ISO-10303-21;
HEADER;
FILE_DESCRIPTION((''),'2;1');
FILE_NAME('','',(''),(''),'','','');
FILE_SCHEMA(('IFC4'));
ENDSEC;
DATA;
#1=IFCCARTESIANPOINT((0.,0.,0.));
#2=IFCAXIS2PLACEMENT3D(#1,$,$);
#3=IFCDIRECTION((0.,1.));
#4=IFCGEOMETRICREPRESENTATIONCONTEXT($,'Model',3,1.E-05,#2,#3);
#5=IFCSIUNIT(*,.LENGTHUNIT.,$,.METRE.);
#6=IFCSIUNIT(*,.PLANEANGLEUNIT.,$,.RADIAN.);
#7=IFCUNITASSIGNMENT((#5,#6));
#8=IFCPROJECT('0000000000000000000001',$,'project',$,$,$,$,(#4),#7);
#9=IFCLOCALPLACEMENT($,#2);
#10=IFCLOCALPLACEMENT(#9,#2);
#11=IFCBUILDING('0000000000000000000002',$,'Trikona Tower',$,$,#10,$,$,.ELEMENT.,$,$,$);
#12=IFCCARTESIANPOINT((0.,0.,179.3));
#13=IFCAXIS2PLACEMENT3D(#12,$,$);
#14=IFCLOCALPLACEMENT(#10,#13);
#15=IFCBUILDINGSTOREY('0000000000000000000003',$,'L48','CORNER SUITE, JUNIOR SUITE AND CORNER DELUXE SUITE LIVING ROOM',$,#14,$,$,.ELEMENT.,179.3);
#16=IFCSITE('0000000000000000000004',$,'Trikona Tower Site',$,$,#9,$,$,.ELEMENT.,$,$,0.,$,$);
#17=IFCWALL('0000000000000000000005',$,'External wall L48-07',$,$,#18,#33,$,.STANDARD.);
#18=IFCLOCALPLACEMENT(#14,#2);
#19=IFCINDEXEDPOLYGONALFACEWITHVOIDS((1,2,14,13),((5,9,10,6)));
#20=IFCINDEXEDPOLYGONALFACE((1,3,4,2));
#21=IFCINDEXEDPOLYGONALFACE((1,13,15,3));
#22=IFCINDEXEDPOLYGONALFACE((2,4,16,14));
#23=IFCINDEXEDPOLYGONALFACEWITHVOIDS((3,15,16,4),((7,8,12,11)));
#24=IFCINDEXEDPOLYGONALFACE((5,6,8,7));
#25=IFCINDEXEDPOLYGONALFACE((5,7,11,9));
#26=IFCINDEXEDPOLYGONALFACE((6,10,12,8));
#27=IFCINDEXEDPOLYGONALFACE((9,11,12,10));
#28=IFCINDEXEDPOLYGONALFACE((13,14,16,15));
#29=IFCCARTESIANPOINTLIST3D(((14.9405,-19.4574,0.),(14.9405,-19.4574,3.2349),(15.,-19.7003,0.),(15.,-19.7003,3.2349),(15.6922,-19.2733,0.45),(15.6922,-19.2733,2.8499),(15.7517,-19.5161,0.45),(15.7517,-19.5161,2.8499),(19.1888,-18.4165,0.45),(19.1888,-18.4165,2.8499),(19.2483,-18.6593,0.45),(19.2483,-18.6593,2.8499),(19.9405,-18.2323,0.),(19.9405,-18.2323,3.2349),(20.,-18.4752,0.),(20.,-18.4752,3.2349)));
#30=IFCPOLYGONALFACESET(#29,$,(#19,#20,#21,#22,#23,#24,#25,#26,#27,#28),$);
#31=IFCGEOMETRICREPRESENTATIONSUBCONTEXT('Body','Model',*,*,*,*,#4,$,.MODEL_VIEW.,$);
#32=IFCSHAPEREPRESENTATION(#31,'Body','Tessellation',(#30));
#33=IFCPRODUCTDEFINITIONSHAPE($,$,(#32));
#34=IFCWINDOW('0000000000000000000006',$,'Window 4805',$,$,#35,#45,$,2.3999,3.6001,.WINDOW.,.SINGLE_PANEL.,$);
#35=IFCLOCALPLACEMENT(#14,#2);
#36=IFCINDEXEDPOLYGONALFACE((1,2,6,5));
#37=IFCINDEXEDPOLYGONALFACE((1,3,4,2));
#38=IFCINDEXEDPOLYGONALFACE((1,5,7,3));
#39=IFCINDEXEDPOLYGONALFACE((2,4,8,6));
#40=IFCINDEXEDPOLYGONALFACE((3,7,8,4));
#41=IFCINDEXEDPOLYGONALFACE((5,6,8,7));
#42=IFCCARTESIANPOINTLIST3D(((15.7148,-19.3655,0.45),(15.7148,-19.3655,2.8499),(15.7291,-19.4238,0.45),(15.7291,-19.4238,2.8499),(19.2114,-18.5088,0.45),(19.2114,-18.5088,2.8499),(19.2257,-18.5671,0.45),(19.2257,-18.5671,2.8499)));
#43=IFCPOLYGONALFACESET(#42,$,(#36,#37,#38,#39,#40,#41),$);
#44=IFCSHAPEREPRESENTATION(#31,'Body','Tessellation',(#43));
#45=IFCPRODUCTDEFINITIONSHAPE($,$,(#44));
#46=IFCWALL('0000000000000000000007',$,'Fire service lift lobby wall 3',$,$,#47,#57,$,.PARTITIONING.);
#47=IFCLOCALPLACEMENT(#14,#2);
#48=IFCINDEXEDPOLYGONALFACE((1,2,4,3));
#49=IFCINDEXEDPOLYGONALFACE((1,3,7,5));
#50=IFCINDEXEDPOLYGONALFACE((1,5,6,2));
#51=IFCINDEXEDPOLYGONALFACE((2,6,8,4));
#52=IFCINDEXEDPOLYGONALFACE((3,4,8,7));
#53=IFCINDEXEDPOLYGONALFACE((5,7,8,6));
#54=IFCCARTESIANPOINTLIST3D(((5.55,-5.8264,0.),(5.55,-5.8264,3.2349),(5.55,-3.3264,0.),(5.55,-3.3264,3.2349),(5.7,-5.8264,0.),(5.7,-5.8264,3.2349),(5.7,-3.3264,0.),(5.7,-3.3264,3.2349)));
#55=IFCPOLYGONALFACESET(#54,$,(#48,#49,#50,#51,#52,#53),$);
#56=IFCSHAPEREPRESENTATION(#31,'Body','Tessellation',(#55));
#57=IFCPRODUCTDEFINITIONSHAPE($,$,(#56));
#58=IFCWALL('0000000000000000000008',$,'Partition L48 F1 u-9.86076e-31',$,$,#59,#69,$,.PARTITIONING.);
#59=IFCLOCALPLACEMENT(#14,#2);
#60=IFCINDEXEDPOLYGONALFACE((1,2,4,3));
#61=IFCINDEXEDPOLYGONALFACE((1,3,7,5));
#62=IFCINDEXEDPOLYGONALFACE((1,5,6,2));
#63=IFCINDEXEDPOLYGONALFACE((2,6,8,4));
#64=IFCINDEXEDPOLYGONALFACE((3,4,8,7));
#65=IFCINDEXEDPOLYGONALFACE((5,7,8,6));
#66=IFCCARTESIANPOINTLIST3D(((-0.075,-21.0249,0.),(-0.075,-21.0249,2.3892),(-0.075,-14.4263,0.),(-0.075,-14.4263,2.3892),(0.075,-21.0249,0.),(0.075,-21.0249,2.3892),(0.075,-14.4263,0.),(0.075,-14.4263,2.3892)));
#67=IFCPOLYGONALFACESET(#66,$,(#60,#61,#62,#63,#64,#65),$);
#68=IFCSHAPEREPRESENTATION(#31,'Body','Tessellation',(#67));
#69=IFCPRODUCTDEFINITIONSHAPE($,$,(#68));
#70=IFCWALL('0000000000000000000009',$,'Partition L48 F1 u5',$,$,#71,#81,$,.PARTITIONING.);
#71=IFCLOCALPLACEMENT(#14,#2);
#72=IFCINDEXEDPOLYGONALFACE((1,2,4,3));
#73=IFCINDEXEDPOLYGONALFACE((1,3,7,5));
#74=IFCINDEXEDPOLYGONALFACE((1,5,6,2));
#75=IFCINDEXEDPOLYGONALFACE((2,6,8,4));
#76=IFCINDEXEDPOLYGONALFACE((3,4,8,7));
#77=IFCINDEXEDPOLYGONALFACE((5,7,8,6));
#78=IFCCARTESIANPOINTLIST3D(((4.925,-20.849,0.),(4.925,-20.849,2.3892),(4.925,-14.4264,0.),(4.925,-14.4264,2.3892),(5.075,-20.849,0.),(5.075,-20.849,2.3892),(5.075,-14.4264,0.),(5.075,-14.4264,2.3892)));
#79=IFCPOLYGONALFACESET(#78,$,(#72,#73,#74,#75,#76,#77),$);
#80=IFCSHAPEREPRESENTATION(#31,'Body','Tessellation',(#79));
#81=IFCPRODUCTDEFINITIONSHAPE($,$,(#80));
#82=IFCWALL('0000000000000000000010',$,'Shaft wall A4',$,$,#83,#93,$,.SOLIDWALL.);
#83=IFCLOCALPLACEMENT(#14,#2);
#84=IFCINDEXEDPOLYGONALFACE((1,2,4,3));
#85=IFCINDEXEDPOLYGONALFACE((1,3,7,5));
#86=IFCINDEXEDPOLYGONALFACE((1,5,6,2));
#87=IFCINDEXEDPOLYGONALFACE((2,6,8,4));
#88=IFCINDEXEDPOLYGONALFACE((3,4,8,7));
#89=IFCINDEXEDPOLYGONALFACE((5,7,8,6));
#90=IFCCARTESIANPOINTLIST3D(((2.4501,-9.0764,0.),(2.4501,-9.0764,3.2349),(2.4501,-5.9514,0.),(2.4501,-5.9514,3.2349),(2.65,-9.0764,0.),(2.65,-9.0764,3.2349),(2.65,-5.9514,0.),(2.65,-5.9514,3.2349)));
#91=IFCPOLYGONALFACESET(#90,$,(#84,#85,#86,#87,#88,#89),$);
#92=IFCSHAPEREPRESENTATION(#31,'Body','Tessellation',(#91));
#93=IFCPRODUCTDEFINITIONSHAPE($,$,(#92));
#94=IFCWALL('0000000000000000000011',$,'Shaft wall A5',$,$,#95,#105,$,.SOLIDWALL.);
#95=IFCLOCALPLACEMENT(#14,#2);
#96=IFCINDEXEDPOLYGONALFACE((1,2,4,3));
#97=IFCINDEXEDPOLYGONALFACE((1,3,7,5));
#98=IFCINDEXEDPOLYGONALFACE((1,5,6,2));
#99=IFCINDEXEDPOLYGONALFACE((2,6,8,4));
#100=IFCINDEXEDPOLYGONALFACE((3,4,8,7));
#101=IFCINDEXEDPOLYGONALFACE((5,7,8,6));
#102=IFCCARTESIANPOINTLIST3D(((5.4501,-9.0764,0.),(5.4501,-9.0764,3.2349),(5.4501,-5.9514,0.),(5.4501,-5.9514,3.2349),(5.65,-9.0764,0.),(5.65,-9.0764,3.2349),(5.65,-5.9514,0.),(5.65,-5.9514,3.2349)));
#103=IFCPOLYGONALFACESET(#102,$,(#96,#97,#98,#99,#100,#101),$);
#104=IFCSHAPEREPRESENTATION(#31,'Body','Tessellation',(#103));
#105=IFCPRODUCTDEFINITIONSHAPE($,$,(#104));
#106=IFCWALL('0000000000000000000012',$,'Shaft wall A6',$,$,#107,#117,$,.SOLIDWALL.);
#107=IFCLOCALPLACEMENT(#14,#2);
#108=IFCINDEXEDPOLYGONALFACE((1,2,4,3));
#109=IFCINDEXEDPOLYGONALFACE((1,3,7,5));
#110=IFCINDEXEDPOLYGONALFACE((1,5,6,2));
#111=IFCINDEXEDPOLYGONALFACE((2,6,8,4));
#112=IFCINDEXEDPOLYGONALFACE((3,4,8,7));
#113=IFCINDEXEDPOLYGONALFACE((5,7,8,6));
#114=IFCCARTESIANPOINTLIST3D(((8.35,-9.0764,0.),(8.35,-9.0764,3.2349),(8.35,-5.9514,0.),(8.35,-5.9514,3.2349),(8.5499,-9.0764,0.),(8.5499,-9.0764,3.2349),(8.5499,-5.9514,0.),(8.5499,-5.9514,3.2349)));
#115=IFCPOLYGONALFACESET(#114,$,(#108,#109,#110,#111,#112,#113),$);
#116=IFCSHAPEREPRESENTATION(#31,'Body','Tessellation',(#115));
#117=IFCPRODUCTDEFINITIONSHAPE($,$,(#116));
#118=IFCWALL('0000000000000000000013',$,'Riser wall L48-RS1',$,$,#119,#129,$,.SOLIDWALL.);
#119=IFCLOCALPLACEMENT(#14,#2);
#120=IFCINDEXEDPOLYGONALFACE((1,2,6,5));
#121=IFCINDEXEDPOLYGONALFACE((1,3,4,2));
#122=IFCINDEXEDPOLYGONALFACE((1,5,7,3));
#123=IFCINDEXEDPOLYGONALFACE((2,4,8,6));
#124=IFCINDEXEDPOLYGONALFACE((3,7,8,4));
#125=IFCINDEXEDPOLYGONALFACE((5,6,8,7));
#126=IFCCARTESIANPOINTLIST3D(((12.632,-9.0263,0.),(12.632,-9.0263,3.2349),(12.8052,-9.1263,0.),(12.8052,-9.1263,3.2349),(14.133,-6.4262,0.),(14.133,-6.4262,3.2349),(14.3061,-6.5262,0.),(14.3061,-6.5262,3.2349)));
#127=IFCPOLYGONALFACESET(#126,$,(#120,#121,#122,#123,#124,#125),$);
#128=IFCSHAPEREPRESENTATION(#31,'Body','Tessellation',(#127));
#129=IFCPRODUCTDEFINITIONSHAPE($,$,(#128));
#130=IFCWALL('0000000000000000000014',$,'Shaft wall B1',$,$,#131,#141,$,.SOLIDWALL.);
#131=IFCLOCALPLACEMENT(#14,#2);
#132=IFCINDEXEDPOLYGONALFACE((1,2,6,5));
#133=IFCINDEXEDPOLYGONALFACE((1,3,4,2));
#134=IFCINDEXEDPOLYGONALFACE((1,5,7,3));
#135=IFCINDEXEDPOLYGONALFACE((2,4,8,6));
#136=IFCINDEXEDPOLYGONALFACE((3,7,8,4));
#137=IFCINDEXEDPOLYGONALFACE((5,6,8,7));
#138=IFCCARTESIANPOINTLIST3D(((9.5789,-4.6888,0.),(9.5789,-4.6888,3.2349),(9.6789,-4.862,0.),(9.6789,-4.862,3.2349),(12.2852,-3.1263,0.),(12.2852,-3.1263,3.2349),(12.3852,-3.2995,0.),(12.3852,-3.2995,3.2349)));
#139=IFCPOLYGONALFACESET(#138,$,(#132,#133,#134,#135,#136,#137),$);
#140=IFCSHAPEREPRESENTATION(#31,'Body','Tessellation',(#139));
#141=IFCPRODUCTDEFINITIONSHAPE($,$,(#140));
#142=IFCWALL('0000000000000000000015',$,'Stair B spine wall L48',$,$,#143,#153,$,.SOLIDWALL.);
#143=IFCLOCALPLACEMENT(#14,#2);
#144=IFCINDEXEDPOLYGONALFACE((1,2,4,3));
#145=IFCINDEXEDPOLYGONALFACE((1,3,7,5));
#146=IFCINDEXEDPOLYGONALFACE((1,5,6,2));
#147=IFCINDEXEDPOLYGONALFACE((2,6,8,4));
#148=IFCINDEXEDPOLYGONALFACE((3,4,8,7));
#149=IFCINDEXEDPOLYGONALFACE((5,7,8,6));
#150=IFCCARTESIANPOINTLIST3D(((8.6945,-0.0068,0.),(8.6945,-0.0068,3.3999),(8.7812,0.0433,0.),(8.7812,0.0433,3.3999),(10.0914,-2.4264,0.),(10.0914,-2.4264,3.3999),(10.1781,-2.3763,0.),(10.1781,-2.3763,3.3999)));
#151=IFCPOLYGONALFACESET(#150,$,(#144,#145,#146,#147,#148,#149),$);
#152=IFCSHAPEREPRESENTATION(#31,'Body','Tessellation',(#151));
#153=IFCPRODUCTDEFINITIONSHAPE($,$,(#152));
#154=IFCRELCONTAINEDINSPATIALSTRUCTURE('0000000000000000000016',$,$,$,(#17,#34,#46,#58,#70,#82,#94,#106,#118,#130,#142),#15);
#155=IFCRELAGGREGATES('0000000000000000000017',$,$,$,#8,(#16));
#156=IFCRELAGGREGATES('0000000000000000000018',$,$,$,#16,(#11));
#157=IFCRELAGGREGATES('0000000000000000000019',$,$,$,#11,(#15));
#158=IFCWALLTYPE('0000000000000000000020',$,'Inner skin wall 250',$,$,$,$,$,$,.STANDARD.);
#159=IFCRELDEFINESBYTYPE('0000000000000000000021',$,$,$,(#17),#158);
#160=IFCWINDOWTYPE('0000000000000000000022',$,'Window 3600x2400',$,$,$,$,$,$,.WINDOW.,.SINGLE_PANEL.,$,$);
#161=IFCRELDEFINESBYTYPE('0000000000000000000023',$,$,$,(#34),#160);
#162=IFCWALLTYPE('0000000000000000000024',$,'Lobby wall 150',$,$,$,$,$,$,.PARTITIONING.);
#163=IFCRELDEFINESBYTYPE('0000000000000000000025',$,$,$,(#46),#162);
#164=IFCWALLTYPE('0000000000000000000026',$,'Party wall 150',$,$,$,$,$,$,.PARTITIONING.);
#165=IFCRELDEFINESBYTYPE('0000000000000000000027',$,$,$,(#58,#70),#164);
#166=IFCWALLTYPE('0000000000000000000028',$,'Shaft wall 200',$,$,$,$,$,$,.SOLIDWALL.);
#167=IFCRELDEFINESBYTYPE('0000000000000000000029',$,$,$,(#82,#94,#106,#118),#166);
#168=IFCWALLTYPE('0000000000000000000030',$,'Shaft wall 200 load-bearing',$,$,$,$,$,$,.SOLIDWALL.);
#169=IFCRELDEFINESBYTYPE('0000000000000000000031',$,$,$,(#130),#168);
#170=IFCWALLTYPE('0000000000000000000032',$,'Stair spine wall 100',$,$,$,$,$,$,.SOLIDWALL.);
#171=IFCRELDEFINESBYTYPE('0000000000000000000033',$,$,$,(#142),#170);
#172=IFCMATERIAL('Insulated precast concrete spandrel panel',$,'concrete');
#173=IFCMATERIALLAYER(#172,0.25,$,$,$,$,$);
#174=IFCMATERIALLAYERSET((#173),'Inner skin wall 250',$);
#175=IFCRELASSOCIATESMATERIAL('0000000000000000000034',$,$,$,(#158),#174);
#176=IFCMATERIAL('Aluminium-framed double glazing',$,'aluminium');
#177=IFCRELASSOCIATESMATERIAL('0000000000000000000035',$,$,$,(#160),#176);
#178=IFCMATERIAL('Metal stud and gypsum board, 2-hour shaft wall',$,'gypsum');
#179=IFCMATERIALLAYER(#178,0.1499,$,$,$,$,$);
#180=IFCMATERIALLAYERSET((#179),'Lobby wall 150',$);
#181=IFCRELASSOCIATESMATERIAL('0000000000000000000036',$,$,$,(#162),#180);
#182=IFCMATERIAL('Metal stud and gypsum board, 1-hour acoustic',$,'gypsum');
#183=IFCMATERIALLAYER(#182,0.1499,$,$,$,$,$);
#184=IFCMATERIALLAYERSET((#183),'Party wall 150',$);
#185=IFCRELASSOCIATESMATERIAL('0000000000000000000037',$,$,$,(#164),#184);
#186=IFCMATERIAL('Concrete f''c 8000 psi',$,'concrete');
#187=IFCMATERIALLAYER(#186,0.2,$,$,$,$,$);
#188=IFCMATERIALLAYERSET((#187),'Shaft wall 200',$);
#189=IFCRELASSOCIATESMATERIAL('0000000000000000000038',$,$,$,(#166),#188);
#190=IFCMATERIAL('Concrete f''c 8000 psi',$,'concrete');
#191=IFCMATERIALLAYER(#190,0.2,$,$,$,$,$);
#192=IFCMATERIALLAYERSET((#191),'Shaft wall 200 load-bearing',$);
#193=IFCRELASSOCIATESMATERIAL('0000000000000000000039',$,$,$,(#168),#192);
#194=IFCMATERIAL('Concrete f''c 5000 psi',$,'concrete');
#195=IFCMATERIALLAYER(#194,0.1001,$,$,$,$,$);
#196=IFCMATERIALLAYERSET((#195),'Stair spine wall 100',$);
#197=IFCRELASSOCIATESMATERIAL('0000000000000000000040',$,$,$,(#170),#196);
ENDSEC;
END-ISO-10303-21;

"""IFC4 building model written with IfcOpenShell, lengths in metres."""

from ifc_helpers import new_model, si_unit, direction, frame, frame_2d, origin, place, context, subcontext, project, spatial, rectangle, extrude, material, layer, layer_set, type_object, element, fill, save


model = new_model("IFC4")

# Units and contexts
model_context = context("Model", 3, precision=1e-05, world=origin(), true_north=direction((0.0, 1.0)))
body_context = subcontext(model_context, "Body", "Model", "MODEL_VIEW")
ifc_project = project(units=[si_unit("LENGTHUNIT", "METRE"), si_unit("PLANEANGLEUNIT", "RADIAN")], contexts=[model_context])

# Site, building, storey
site_placement = place(None, origin())
site = spatial("IfcSite", under=ifc_project, at=site_placement, Name="Trikona Tower Site", CompositionType="ELEMENT", RefElevation=0.0)
building_placement = place(site_placement, origin())
building = spatial("IfcBuilding", under=site, at=building_placement, Name="Trikona Tower", CompositionType="ELEMENT")
storey_placement = place(building_placement, frame((0.0, 0.0, 179.3)))
storey = spatial("IfcBuildingStorey", under=building, at=storey_placement, Name="L48", Description="CORNER SUITE, JUNIOR SUITE AND CORNER DELUXE SUITE LIVING ROOM", CompositionType="ELEMENT", Elevation=179.3)

# Wall, opening, window
ifc_material_1 = material(Name="Insulated precast concrete spandrel panel", Category="concrete")
ifc_layer_1 = layer(ifc_material_1, 0.25)
ifc_layer_set_1 = layer_set([ifc_layer_1], Name="Inner skin wall 250")
wall_type_1 = type_object("IfcWallType", Name="Inner skin wall 250", PredefinedType="STANDARD", material=ifc_layer_set_1)
wall_1_placement = place(storey_placement, frame((14.9702, -19.5789, 0.0), z_axis=(0.0, 0.0, 1.0), x_axis=(0.97127, 0.23798, 0.0)))
wall_1 = element("IfcWall", 1, at=wall_1_placement, inside=storey, type_object=wall_type_1, Name="External wall L48-07", PredefinedType="STANDARD", context=body_context, shape_type="SweptSolid", body=[
    extrude(rectangle(XDim=5.1479, YDim=0.25, at=frame_2d((2.574, 0.0))), origin(), (0.0, 0.0, 1.0), 3.2349),
])
opening_1_placement = place(wall_1_placement, frame((0.7739, 0.0, 0.45)))
opening_1 = element("IfcOpeningElement", 2, at=opening_1_placement, cuts=wall_1, PredefinedType="OPENING", context=body_context, shape_type="SweptSolid", body=[
    extrude(rectangle(XDim=3.6001, YDim=2.3999, at=frame_2d((1.8, 1.2))), frame((0.0, 0.135, 0.0), z_axis=(0.0, -1.0, 0.0), x_axis=(1.0, 0.0, 0.0)), (0.0, 0.0, 1.0), 0.27),
])
ifc_material_2 = material(Name="Aluminium-framed double glazing", Category="aluminium")
window_type = type_object("IfcWindowType", Name="Window 3600x2400", PartitioningType="SINGLE_PANEL", PredefinedType="WINDOW", material=ifc_material_2)
window_placement = place(opening_1_placement, origin())
window = element("IfcWindow", 3, at=window_placement, inside=storey, type_object=window_type, Name="Window 4805", OverallHeight=2.3999, OverallWidth=3.6001, PartitioningType="SINGLE_PANEL", PredefinedType="WINDOW", context=body_context, shape_type="SweptSolid", body=[
    extrude(rectangle(XDim=3.6001, YDim=2.3999, at=frame_2d((1.8, 1.2))), frame((0.0, 0.03, 0.0), z_axis=(0.0, -1.0, 0.0), x_axis=(1.0, 0.0, 0.0)), (0.0, 0.0, 1.0), 0.0601),
])
fill(opening_1, window)

# Walls
ifc_material_3 = material(Name="Metal stud and gypsum board, 2-hour shaft wall", Category="gypsum")
ifc_layer_2 = layer(ifc_material_3, 0.1499)
ifc_layer_set_2 = layer_set([ifc_layer_2], Name="Lobby wall 150")
wall_type_2 = type_object("IfcWallType", Name="Lobby wall 150", PredefinedType="PARTITIONING", material=ifc_layer_set_2)
wall_2_placement = place(storey_placement, frame((5.625, -5.8264, 0.0), z_axis=(0.0, 0.0, 1.0), x_axis=(0.0, 1.0, 0.0)))
element("IfcWall", 4, at=wall_2_placement, inside=storey, type_object=wall_type_2, Name="Fire service lift lobby wall 3", PredefinedType="PARTITIONING", context=body_context, shape_type="SweptSolid", body=[
    extrude(rectangle(XDim=2.5, YDim=0.1499, at=frame_2d((1.25, 0.0))), origin(), (0.0, 0.0, 1.0), 3.2349),
])
ifc_material_4 = material(Name="Metal stud and gypsum board, 1-hour acoustic", Category="gypsum")
ifc_layer_3 = layer(ifc_material_4, 0.1499)
ifc_layer_set_3 = layer_set([ifc_layer_3], Name="Party wall 150")
wall_type_3 = type_object("IfcWallType", Name="Party wall 150", PredefinedType="PARTITIONING", material=ifc_layer_set_3)
wall_3_placement = place(storey_placement, frame((0.0, -14.4263, 0.0), z_axis=(0.0, 0.0, 1.0), x_axis=(0.0, -1.0, 0.0)))
element("IfcWall", 5, at=wall_3_placement, inside=storey, type_object=wall_type_3, Name="Partition L48 F1 u-9.86076e-31", PredefinedType="PARTITIONING", context=body_context, shape_type="SweptSolid", body=[
    extrude(rectangle(XDim=6.5986, YDim=0.1499, at=frame_2d((3.2993, 0.0))), origin(), (0.0, 0.0, 1.0), 2.3892),
])
wall_4_placement = place(storey_placement, frame((5.0, -14.4263, 0.0), z_axis=(0.0, 0.0, 1.0), x_axis=(0.0, -1.0, 0.0)))
element("IfcWall", 6, at=wall_4_placement, inside=storey, type_object=wall_type_3, Name="Partition L48 F1 u5", PredefinedType="PARTITIONING", context=body_context, shape_type="SweptSolid", body=[
    extrude(rectangle(XDim=6.4226, YDim=0.1499, at=frame_2d((3.2114, 0.0))), origin(), (0.0, 0.0, 1.0), 2.3892),
])
ifc_material_5 = material(Name="Concrete f'c 8000 psi", Category="concrete")
ifc_layer_4 = layer(ifc_material_5, 0.2)
ifc_layer_set_4 = layer_set([ifc_layer_4], Name="Shaft wall 200")
wall_type_4 = type_object("IfcWallType", Name="Shaft wall 200", PredefinedType="SOLIDWALL", material=ifc_layer_set_4)
for number, where, z_axis, x_axis, name in (
    (7, (2.55, -5.9514, 0.0), (0.0, 0.0, 1.0), (0.0, -1.0, 0.0), "Shaft wall A4"),
    (8, (5.55, -5.9514, 0.0), (0.0, 0.0, 1.0), (0.0, -1.0, 0.0), "Shaft wall A5"),
    (9, (8.45, -5.9514, 0.0), (0.0, 0.0, 1.0), (0.0, -1.0, 0.0), "Shaft wall A6"),
):
    element("IfcWall", number, at=place(storey_placement, frame(where, z_axis=z_axis, x_axis=x_axis)), inside=storey, type_object=wall_type_4, Name=name, PredefinedType="SOLIDWALL", context=body_context, shape_type="SweptSolid", body=[
        extrude(rectangle(XDim=3.125, YDim=0.2, at=frame_2d((1.5625, 0.0))), origin(), (0.0, 0.0, 1.0), 3.2349),
    ])
wall_5_placement = place(storey_placement, frame((14.2195, -6.4763, 0.0), z_axis=(0.0, 0.0, 1.0), x_axis=(-0.499952, -0.866053, 0.0)))
element("IfcWall", 10, at=wall_5_placement, inside=storey, type_object=wall_type_4, Name="Riser wall L48-RS1", PredefinedType="SOLIDWALL", context=body_context, shape_type="SweptSolid", body=[
    extrude(rectangle(XDim=3.0022, YDim=0.2, at=frame_2d((1.501, 0.0))), origin(), (0.0, 0.0, 1.0), 3.2349),
])
ifc_material_6 = material(Name="Concrete f'c 8000 psi", Category="concrete")
ifc_layer_5 = layer(ifc_material_6, 0.2)
ifc_layer_set_5 = layer_set([ifc_layer_5], Name="Shaft wall 200 load-bearing")
wall_type_5 = type_object("IfcWallType", Name="Shaft wall 200 load-bearing", PredefinedType="SOLIDWALL", material=ifc_layer_set_5)
wall_6_placement = place(storey_placement, frame((9.6289, -4.7754, 0.0), z_axis=(0.0, 0.0, 1.0), x_axis=(0.866023, 0.500004, 0.0)))
element("IfcWall", 11, at=wall_6_placement, inside=storey, type_object=wall_type_5, Name="Shaft wall B1", PredefinedType="SOLIDWALL", context=body_context, shape_type="SweptSolid", body=[
    extrude(rectangle(XDim=3.125, YDim=0.2, at=frame_2d((1.5625, 0.0))), origin(), (0.0, 0.0, 1.0), 3.2349),
])
ifc_material_7 = material(Name="Concrete f'c 5000 psi", Category="concrete")
ifc_layer_6 = layer(ifc_material_7, 0.1001)
ifc_layer_set_6 = layer_set([ifc_layer_6], Name="Stair spine wall 100")
wall_type_6 = type_object("IfcWallType", Name="Stair spine wall 100", PredefinedType="SOLIDWALL", material=ifc_layer_set_6)
wall_7_placement = place(storey_placement, frame((10.1348, -2.4014, 0.0), z_axis=(0.0, 0.0, 1.0), x_axis=(-0.499992, 0.86603, 0.0)))
element("IfcWall", 12, at=wall_7_placement, inside=storey, type_object=wall_type_6, Name="Stair B spine wall L48", PredefinedType="SOLIDWALL", context=body_context, shape_type="SweptSolid", body=[
    extrude(rectangle(XDim=2.7939, YDim=0.1001, at=frame_2d((1.397, 0.0))), origin(), (0.0, 0.0, 1.0), 3.3999),
])

save(model, "model.ifc")
